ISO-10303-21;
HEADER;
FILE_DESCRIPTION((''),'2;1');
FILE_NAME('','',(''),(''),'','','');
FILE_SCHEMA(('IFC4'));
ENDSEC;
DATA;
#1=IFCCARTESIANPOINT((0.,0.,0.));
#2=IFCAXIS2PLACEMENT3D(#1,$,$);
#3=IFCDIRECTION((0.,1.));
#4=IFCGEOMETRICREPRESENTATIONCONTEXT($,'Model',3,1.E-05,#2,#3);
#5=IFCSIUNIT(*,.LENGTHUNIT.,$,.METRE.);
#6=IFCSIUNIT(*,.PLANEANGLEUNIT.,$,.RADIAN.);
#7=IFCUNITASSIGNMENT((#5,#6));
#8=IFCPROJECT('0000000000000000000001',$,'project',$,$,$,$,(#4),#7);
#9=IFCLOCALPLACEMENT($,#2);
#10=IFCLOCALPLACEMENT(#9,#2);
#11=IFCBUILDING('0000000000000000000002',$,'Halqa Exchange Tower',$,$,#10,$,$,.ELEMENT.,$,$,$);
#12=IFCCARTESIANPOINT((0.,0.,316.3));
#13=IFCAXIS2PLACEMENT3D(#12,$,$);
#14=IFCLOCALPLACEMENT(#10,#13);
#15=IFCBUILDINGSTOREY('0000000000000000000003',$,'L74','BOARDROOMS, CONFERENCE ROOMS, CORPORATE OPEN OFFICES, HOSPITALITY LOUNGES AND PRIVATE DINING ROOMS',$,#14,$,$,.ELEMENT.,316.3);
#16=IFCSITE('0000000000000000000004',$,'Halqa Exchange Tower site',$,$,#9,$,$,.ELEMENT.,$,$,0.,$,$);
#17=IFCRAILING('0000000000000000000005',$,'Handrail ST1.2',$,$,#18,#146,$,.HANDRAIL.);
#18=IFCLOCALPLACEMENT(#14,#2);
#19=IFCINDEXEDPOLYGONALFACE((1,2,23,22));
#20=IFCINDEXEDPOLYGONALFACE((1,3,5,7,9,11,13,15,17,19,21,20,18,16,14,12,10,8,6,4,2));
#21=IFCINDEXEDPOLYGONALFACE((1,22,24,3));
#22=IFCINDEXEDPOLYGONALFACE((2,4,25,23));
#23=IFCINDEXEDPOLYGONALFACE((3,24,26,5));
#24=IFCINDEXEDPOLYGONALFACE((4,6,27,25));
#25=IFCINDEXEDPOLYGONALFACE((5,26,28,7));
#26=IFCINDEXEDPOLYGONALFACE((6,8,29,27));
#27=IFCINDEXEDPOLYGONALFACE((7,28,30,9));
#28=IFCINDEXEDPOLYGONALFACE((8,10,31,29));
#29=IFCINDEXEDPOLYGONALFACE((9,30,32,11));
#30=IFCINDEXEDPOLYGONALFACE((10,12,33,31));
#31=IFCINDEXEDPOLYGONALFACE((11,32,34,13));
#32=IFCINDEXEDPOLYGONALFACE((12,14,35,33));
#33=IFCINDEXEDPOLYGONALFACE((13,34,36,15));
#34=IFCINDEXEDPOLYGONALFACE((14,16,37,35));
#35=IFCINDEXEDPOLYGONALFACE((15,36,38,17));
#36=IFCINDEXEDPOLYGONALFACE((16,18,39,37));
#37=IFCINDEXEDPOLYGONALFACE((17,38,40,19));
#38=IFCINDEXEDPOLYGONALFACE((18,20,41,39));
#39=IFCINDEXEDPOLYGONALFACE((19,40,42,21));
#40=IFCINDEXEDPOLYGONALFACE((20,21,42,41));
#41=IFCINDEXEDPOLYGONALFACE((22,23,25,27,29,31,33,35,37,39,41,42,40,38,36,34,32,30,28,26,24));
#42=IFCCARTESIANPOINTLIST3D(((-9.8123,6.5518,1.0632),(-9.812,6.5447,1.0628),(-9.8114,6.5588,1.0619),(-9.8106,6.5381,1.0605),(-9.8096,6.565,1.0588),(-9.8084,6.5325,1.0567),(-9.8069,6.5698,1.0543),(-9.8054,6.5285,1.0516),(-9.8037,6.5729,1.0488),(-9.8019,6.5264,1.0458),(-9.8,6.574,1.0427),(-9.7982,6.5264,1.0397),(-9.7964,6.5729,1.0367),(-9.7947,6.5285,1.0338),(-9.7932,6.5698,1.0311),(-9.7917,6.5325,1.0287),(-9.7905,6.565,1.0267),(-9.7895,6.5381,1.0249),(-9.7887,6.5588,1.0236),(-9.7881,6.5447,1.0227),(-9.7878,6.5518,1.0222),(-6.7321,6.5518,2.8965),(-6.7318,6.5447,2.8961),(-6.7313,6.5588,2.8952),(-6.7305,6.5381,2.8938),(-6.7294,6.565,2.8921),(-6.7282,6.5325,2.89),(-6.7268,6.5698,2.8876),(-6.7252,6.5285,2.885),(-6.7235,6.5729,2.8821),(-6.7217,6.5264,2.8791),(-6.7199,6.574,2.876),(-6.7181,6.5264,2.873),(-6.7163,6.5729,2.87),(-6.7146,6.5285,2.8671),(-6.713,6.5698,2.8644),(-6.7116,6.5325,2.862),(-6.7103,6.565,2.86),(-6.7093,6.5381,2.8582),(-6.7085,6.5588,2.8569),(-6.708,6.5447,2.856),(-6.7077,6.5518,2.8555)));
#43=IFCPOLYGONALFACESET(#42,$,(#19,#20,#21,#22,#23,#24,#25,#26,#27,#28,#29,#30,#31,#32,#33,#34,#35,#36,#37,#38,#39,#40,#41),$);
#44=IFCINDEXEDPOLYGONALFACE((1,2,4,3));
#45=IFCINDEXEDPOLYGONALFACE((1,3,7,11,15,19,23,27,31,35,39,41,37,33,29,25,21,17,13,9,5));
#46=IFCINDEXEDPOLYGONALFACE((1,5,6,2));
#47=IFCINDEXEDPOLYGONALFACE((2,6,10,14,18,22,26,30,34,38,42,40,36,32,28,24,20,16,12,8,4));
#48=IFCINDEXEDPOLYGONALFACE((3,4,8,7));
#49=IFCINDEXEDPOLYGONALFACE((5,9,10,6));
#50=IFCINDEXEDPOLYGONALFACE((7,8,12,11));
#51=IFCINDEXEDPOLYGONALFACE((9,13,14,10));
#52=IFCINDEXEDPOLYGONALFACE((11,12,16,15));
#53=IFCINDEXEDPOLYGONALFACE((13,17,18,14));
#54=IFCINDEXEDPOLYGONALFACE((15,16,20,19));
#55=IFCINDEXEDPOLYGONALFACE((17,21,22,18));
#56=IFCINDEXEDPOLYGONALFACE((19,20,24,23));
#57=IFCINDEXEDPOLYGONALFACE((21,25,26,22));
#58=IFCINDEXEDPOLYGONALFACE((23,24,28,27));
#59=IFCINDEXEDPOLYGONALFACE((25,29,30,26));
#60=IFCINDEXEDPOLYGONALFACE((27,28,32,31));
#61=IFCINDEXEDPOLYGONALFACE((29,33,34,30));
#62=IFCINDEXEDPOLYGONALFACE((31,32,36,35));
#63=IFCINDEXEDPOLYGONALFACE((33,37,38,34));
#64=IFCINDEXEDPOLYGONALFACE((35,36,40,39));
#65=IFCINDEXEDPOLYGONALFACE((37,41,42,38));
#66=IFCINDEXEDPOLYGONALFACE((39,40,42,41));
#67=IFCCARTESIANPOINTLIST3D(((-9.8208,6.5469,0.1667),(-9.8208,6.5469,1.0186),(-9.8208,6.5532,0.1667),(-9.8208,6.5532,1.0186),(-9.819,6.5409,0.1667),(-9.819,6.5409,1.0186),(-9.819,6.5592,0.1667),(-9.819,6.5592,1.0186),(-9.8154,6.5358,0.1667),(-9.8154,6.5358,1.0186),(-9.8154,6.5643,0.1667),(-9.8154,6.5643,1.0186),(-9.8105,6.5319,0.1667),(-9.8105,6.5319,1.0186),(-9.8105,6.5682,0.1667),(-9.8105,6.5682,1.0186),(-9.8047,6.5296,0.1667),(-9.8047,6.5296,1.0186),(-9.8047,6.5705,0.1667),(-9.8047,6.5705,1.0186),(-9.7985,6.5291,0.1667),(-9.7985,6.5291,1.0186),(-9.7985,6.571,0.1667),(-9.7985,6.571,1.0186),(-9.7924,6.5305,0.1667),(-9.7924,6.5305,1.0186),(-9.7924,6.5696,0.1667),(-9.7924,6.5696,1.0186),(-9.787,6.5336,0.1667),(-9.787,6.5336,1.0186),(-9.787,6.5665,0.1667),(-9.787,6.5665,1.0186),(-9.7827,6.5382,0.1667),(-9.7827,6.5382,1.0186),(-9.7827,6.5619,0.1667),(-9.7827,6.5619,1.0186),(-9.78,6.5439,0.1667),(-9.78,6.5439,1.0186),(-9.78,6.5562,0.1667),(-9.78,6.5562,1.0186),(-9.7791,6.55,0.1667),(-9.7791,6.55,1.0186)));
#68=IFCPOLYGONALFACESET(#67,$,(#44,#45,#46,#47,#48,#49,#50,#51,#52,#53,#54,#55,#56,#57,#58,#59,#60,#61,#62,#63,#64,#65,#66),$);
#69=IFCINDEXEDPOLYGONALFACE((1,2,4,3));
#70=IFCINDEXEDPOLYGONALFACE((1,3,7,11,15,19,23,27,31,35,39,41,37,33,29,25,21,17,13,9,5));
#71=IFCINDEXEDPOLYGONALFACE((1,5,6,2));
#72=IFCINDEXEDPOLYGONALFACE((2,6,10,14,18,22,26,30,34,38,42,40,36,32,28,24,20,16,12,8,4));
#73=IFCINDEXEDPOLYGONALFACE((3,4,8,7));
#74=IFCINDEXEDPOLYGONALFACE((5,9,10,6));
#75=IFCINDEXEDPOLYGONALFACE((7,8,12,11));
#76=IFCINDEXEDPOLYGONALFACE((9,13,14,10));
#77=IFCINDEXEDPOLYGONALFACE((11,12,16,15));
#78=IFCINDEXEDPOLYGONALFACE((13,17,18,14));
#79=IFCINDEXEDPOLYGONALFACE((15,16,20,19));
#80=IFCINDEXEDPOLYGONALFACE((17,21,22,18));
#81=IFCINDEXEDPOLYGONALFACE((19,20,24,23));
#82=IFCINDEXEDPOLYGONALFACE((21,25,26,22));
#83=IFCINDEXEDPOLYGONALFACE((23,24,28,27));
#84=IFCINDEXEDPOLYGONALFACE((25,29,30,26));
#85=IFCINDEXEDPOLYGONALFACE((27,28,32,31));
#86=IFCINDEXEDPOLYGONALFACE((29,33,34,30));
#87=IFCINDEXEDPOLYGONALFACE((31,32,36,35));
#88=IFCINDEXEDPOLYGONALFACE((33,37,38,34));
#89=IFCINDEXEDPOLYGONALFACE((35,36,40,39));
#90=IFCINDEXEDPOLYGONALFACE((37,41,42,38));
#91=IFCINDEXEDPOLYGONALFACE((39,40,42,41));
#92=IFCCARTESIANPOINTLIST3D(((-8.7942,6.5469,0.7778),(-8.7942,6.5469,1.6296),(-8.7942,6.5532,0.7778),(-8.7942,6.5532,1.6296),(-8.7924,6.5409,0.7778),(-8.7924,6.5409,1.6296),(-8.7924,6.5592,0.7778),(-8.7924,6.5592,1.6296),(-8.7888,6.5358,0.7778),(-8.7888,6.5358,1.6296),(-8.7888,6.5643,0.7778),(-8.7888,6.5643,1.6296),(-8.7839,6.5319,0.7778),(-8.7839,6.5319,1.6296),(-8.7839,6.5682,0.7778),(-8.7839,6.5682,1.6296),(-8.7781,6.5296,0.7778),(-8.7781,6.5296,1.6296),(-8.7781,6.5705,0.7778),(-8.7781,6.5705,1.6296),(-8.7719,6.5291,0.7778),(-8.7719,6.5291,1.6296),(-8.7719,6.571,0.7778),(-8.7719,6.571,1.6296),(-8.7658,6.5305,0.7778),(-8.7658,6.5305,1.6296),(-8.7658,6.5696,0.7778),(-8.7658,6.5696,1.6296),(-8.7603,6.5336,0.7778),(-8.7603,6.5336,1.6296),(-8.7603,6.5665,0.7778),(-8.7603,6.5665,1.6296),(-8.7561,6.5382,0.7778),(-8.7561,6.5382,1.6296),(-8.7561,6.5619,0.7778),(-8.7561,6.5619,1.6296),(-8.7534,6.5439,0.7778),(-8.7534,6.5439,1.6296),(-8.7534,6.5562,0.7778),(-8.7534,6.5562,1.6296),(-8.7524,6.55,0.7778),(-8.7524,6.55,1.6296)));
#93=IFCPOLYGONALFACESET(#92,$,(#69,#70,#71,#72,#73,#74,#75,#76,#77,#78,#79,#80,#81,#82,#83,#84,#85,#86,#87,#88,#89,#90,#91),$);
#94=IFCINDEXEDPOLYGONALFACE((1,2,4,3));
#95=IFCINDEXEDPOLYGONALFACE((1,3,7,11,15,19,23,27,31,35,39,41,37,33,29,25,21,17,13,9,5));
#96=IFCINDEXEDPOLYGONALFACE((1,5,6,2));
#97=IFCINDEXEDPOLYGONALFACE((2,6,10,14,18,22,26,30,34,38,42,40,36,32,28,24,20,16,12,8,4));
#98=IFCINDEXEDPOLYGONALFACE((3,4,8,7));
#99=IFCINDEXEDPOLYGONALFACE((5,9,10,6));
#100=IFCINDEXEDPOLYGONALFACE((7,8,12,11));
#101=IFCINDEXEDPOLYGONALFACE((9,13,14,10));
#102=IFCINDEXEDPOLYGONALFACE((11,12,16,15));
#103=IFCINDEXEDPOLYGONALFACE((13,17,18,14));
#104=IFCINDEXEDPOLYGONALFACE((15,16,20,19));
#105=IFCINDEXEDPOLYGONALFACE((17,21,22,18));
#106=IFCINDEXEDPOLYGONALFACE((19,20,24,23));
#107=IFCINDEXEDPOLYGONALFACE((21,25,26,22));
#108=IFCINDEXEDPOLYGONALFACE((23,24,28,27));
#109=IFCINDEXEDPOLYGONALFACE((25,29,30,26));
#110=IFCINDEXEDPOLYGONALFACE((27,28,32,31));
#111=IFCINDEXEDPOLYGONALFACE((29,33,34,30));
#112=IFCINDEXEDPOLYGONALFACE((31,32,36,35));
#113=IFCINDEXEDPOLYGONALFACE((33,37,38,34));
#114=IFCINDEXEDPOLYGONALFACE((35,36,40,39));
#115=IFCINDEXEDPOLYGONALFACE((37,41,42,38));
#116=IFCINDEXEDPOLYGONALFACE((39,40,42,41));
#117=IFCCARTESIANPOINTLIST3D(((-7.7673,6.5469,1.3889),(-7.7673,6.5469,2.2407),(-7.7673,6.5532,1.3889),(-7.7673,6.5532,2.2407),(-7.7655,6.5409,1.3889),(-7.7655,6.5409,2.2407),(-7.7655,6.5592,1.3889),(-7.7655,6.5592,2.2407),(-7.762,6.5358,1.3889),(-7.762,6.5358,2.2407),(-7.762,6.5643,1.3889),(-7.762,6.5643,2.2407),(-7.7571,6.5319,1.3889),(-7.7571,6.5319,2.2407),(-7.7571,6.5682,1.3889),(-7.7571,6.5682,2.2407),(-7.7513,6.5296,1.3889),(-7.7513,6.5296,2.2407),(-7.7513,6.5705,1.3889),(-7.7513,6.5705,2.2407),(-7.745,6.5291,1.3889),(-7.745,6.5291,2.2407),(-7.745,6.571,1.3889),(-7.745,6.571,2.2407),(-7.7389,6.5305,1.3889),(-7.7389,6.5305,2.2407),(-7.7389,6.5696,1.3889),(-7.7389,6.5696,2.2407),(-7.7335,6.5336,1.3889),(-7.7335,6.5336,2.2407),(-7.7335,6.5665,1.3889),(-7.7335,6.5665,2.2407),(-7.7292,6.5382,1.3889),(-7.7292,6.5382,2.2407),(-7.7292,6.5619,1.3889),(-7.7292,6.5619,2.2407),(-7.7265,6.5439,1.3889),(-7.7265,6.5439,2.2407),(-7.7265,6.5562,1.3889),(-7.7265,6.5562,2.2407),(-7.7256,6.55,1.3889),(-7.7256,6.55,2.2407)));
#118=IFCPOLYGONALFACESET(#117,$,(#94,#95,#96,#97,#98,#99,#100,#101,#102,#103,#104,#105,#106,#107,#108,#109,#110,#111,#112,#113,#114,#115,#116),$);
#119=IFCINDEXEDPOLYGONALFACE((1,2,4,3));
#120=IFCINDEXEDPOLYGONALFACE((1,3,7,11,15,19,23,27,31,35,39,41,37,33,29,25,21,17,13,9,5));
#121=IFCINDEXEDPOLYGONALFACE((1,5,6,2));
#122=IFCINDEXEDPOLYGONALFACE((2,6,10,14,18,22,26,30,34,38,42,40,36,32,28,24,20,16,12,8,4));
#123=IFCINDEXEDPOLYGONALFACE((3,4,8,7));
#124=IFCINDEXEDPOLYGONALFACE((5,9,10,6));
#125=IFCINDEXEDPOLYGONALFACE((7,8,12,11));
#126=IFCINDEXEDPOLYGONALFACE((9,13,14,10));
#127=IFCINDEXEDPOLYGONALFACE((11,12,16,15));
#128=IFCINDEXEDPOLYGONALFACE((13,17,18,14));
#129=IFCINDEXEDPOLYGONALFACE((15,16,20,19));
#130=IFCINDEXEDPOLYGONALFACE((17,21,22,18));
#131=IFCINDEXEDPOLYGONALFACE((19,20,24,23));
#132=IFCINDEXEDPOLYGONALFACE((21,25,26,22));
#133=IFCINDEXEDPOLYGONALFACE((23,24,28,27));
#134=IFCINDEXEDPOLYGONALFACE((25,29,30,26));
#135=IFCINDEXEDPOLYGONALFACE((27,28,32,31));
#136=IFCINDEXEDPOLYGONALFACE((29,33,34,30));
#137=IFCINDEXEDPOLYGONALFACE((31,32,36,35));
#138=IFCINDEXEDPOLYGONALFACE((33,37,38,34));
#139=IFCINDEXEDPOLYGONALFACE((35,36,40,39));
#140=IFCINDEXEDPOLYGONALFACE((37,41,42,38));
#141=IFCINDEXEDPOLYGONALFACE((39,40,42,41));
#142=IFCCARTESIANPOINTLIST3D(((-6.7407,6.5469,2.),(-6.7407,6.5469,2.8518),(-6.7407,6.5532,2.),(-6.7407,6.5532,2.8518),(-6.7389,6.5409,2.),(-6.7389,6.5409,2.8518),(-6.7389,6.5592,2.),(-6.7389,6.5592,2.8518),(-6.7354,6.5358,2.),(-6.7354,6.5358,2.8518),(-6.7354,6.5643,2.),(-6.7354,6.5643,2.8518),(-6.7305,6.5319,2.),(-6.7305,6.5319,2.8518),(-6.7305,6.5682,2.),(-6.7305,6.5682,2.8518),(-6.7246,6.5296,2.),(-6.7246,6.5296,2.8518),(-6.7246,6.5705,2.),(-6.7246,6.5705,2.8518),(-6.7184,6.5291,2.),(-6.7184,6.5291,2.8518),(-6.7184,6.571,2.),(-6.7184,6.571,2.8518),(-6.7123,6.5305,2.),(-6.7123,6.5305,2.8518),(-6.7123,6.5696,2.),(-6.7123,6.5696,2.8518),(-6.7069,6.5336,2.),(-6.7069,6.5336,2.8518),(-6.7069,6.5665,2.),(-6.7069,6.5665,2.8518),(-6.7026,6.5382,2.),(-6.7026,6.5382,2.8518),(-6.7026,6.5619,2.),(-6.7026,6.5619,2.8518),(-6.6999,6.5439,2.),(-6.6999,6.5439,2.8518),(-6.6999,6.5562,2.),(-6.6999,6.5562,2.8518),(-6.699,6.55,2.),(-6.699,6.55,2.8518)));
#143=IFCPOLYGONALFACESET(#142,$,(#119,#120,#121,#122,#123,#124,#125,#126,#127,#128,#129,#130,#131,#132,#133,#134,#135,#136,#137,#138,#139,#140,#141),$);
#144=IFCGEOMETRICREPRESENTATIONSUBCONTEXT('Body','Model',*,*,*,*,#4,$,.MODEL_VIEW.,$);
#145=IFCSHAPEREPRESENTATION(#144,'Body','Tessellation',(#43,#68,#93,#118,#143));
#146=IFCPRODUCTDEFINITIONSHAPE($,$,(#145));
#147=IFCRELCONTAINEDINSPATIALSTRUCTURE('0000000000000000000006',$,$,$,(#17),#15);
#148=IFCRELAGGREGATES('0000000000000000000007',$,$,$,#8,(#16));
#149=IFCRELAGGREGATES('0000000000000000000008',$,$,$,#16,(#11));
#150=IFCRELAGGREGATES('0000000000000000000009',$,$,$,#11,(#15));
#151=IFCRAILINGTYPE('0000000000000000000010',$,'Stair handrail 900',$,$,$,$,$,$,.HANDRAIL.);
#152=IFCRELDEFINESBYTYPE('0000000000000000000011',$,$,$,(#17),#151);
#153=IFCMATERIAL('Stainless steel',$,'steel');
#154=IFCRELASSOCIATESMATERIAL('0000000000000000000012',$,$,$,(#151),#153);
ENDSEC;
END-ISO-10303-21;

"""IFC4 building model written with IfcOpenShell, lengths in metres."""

from ifc_helpers import new_model, si_unit, direction, frame, origin, origin_2d, place, context, subcontext, project, spatial, circle, extrude, material, type_object, element, save


model = new_model("IFC4")

# Units and contexts
model_context = context("Model", 3, precision=1e-05, world=origin(), true_north=direction((0.0, 1.0)))
body_context = subcontext(model_context, "Body", "Model", "MODEL_VIEW")
ifc_project = project(units=[si_unit("LENGTHUNIT", "METRE"), si_unit("PLANEANGLEUNIT", "RADIAN")], contexts=[model_context])

# Site, building, storey
site_placement = place(None, origin())
site = spatial("IfcSite", under=ifc_project, at=site_placement, Name="Halqa Exchange Tower site", CompositionType="ELEMENT", RefElevation=0.0)
building_placement = place(site_placement, origin())
building = spatial("IfcBuilding", under=site, at=building_placement, Name="Halqa Exchange Tower", CompositionType="ELEMENT")
storey_placement = place(building_placement, frame((0.0, 0.0, 316.3)))
storey = spatial("IfcBuildingStorey", under=building, at=storey_placement, Name="L74", Description="BOARDROOMS, CONFERENCE ROOMS, CORPORATE OPEN OFFICES, HOSPITALITY LOUNGES AND PRIVATE DINING ROOMS", CompositionType="ELEMENT", Elevation=316.3)

# Shared definitions
ifc_material_1 = material(Name="Stainless steel", Category="steel")

# Railing
railing_type_1 = type_object("IfcRailingType", Name="Stair handrail 900", PredefinedType="HANDRAIL", material=ifc_material_1)
railing_1_placement = place(storey_placement, frame((-9.8, 6.55, 0.1667)))
element("IfcRailing", 1, at=railing_1_placement, inside=storey, type_object=railing_type_1, Name="Handrail ST1.2", PredefinedType="HANDRAIL", context=body_context, shape_type="SweptSolid", body=[
    extrude(circle(Radius=0.0239, at=origin_2d()), frame((0.0, 0.0, 0.876), z_axis=(0.859309, 0.0, 0.511458), x_axis=(0.0, 1.0, 0.0)), (0.0, 0.0, 1.0), 3.5845),
    extrude(circle(Radius=0.021, at=origin_2d()), origin(), (0.0, 0.0, 1.0), 0.8518),
    extrude(circle(Radius=0.021, at=origin_2d()), frame((1.0266, 0.0, 0.6111)), (0.0, 0.0, 1.0), 0.8518),
    extrude(circle(Radius=0.021, at=origin_2d()), frame((2.0535, 0.0, 1.2222)), (0.0, 0.0, 1.0), 0.8518),
    extrude(circle(Radius=0.021, at=origin_2d()), frame((3.0801, 0.0, 1.8333)), (0.0, 0.0, 1.0), 0.8518),
])

save(model, "model.ifc")
